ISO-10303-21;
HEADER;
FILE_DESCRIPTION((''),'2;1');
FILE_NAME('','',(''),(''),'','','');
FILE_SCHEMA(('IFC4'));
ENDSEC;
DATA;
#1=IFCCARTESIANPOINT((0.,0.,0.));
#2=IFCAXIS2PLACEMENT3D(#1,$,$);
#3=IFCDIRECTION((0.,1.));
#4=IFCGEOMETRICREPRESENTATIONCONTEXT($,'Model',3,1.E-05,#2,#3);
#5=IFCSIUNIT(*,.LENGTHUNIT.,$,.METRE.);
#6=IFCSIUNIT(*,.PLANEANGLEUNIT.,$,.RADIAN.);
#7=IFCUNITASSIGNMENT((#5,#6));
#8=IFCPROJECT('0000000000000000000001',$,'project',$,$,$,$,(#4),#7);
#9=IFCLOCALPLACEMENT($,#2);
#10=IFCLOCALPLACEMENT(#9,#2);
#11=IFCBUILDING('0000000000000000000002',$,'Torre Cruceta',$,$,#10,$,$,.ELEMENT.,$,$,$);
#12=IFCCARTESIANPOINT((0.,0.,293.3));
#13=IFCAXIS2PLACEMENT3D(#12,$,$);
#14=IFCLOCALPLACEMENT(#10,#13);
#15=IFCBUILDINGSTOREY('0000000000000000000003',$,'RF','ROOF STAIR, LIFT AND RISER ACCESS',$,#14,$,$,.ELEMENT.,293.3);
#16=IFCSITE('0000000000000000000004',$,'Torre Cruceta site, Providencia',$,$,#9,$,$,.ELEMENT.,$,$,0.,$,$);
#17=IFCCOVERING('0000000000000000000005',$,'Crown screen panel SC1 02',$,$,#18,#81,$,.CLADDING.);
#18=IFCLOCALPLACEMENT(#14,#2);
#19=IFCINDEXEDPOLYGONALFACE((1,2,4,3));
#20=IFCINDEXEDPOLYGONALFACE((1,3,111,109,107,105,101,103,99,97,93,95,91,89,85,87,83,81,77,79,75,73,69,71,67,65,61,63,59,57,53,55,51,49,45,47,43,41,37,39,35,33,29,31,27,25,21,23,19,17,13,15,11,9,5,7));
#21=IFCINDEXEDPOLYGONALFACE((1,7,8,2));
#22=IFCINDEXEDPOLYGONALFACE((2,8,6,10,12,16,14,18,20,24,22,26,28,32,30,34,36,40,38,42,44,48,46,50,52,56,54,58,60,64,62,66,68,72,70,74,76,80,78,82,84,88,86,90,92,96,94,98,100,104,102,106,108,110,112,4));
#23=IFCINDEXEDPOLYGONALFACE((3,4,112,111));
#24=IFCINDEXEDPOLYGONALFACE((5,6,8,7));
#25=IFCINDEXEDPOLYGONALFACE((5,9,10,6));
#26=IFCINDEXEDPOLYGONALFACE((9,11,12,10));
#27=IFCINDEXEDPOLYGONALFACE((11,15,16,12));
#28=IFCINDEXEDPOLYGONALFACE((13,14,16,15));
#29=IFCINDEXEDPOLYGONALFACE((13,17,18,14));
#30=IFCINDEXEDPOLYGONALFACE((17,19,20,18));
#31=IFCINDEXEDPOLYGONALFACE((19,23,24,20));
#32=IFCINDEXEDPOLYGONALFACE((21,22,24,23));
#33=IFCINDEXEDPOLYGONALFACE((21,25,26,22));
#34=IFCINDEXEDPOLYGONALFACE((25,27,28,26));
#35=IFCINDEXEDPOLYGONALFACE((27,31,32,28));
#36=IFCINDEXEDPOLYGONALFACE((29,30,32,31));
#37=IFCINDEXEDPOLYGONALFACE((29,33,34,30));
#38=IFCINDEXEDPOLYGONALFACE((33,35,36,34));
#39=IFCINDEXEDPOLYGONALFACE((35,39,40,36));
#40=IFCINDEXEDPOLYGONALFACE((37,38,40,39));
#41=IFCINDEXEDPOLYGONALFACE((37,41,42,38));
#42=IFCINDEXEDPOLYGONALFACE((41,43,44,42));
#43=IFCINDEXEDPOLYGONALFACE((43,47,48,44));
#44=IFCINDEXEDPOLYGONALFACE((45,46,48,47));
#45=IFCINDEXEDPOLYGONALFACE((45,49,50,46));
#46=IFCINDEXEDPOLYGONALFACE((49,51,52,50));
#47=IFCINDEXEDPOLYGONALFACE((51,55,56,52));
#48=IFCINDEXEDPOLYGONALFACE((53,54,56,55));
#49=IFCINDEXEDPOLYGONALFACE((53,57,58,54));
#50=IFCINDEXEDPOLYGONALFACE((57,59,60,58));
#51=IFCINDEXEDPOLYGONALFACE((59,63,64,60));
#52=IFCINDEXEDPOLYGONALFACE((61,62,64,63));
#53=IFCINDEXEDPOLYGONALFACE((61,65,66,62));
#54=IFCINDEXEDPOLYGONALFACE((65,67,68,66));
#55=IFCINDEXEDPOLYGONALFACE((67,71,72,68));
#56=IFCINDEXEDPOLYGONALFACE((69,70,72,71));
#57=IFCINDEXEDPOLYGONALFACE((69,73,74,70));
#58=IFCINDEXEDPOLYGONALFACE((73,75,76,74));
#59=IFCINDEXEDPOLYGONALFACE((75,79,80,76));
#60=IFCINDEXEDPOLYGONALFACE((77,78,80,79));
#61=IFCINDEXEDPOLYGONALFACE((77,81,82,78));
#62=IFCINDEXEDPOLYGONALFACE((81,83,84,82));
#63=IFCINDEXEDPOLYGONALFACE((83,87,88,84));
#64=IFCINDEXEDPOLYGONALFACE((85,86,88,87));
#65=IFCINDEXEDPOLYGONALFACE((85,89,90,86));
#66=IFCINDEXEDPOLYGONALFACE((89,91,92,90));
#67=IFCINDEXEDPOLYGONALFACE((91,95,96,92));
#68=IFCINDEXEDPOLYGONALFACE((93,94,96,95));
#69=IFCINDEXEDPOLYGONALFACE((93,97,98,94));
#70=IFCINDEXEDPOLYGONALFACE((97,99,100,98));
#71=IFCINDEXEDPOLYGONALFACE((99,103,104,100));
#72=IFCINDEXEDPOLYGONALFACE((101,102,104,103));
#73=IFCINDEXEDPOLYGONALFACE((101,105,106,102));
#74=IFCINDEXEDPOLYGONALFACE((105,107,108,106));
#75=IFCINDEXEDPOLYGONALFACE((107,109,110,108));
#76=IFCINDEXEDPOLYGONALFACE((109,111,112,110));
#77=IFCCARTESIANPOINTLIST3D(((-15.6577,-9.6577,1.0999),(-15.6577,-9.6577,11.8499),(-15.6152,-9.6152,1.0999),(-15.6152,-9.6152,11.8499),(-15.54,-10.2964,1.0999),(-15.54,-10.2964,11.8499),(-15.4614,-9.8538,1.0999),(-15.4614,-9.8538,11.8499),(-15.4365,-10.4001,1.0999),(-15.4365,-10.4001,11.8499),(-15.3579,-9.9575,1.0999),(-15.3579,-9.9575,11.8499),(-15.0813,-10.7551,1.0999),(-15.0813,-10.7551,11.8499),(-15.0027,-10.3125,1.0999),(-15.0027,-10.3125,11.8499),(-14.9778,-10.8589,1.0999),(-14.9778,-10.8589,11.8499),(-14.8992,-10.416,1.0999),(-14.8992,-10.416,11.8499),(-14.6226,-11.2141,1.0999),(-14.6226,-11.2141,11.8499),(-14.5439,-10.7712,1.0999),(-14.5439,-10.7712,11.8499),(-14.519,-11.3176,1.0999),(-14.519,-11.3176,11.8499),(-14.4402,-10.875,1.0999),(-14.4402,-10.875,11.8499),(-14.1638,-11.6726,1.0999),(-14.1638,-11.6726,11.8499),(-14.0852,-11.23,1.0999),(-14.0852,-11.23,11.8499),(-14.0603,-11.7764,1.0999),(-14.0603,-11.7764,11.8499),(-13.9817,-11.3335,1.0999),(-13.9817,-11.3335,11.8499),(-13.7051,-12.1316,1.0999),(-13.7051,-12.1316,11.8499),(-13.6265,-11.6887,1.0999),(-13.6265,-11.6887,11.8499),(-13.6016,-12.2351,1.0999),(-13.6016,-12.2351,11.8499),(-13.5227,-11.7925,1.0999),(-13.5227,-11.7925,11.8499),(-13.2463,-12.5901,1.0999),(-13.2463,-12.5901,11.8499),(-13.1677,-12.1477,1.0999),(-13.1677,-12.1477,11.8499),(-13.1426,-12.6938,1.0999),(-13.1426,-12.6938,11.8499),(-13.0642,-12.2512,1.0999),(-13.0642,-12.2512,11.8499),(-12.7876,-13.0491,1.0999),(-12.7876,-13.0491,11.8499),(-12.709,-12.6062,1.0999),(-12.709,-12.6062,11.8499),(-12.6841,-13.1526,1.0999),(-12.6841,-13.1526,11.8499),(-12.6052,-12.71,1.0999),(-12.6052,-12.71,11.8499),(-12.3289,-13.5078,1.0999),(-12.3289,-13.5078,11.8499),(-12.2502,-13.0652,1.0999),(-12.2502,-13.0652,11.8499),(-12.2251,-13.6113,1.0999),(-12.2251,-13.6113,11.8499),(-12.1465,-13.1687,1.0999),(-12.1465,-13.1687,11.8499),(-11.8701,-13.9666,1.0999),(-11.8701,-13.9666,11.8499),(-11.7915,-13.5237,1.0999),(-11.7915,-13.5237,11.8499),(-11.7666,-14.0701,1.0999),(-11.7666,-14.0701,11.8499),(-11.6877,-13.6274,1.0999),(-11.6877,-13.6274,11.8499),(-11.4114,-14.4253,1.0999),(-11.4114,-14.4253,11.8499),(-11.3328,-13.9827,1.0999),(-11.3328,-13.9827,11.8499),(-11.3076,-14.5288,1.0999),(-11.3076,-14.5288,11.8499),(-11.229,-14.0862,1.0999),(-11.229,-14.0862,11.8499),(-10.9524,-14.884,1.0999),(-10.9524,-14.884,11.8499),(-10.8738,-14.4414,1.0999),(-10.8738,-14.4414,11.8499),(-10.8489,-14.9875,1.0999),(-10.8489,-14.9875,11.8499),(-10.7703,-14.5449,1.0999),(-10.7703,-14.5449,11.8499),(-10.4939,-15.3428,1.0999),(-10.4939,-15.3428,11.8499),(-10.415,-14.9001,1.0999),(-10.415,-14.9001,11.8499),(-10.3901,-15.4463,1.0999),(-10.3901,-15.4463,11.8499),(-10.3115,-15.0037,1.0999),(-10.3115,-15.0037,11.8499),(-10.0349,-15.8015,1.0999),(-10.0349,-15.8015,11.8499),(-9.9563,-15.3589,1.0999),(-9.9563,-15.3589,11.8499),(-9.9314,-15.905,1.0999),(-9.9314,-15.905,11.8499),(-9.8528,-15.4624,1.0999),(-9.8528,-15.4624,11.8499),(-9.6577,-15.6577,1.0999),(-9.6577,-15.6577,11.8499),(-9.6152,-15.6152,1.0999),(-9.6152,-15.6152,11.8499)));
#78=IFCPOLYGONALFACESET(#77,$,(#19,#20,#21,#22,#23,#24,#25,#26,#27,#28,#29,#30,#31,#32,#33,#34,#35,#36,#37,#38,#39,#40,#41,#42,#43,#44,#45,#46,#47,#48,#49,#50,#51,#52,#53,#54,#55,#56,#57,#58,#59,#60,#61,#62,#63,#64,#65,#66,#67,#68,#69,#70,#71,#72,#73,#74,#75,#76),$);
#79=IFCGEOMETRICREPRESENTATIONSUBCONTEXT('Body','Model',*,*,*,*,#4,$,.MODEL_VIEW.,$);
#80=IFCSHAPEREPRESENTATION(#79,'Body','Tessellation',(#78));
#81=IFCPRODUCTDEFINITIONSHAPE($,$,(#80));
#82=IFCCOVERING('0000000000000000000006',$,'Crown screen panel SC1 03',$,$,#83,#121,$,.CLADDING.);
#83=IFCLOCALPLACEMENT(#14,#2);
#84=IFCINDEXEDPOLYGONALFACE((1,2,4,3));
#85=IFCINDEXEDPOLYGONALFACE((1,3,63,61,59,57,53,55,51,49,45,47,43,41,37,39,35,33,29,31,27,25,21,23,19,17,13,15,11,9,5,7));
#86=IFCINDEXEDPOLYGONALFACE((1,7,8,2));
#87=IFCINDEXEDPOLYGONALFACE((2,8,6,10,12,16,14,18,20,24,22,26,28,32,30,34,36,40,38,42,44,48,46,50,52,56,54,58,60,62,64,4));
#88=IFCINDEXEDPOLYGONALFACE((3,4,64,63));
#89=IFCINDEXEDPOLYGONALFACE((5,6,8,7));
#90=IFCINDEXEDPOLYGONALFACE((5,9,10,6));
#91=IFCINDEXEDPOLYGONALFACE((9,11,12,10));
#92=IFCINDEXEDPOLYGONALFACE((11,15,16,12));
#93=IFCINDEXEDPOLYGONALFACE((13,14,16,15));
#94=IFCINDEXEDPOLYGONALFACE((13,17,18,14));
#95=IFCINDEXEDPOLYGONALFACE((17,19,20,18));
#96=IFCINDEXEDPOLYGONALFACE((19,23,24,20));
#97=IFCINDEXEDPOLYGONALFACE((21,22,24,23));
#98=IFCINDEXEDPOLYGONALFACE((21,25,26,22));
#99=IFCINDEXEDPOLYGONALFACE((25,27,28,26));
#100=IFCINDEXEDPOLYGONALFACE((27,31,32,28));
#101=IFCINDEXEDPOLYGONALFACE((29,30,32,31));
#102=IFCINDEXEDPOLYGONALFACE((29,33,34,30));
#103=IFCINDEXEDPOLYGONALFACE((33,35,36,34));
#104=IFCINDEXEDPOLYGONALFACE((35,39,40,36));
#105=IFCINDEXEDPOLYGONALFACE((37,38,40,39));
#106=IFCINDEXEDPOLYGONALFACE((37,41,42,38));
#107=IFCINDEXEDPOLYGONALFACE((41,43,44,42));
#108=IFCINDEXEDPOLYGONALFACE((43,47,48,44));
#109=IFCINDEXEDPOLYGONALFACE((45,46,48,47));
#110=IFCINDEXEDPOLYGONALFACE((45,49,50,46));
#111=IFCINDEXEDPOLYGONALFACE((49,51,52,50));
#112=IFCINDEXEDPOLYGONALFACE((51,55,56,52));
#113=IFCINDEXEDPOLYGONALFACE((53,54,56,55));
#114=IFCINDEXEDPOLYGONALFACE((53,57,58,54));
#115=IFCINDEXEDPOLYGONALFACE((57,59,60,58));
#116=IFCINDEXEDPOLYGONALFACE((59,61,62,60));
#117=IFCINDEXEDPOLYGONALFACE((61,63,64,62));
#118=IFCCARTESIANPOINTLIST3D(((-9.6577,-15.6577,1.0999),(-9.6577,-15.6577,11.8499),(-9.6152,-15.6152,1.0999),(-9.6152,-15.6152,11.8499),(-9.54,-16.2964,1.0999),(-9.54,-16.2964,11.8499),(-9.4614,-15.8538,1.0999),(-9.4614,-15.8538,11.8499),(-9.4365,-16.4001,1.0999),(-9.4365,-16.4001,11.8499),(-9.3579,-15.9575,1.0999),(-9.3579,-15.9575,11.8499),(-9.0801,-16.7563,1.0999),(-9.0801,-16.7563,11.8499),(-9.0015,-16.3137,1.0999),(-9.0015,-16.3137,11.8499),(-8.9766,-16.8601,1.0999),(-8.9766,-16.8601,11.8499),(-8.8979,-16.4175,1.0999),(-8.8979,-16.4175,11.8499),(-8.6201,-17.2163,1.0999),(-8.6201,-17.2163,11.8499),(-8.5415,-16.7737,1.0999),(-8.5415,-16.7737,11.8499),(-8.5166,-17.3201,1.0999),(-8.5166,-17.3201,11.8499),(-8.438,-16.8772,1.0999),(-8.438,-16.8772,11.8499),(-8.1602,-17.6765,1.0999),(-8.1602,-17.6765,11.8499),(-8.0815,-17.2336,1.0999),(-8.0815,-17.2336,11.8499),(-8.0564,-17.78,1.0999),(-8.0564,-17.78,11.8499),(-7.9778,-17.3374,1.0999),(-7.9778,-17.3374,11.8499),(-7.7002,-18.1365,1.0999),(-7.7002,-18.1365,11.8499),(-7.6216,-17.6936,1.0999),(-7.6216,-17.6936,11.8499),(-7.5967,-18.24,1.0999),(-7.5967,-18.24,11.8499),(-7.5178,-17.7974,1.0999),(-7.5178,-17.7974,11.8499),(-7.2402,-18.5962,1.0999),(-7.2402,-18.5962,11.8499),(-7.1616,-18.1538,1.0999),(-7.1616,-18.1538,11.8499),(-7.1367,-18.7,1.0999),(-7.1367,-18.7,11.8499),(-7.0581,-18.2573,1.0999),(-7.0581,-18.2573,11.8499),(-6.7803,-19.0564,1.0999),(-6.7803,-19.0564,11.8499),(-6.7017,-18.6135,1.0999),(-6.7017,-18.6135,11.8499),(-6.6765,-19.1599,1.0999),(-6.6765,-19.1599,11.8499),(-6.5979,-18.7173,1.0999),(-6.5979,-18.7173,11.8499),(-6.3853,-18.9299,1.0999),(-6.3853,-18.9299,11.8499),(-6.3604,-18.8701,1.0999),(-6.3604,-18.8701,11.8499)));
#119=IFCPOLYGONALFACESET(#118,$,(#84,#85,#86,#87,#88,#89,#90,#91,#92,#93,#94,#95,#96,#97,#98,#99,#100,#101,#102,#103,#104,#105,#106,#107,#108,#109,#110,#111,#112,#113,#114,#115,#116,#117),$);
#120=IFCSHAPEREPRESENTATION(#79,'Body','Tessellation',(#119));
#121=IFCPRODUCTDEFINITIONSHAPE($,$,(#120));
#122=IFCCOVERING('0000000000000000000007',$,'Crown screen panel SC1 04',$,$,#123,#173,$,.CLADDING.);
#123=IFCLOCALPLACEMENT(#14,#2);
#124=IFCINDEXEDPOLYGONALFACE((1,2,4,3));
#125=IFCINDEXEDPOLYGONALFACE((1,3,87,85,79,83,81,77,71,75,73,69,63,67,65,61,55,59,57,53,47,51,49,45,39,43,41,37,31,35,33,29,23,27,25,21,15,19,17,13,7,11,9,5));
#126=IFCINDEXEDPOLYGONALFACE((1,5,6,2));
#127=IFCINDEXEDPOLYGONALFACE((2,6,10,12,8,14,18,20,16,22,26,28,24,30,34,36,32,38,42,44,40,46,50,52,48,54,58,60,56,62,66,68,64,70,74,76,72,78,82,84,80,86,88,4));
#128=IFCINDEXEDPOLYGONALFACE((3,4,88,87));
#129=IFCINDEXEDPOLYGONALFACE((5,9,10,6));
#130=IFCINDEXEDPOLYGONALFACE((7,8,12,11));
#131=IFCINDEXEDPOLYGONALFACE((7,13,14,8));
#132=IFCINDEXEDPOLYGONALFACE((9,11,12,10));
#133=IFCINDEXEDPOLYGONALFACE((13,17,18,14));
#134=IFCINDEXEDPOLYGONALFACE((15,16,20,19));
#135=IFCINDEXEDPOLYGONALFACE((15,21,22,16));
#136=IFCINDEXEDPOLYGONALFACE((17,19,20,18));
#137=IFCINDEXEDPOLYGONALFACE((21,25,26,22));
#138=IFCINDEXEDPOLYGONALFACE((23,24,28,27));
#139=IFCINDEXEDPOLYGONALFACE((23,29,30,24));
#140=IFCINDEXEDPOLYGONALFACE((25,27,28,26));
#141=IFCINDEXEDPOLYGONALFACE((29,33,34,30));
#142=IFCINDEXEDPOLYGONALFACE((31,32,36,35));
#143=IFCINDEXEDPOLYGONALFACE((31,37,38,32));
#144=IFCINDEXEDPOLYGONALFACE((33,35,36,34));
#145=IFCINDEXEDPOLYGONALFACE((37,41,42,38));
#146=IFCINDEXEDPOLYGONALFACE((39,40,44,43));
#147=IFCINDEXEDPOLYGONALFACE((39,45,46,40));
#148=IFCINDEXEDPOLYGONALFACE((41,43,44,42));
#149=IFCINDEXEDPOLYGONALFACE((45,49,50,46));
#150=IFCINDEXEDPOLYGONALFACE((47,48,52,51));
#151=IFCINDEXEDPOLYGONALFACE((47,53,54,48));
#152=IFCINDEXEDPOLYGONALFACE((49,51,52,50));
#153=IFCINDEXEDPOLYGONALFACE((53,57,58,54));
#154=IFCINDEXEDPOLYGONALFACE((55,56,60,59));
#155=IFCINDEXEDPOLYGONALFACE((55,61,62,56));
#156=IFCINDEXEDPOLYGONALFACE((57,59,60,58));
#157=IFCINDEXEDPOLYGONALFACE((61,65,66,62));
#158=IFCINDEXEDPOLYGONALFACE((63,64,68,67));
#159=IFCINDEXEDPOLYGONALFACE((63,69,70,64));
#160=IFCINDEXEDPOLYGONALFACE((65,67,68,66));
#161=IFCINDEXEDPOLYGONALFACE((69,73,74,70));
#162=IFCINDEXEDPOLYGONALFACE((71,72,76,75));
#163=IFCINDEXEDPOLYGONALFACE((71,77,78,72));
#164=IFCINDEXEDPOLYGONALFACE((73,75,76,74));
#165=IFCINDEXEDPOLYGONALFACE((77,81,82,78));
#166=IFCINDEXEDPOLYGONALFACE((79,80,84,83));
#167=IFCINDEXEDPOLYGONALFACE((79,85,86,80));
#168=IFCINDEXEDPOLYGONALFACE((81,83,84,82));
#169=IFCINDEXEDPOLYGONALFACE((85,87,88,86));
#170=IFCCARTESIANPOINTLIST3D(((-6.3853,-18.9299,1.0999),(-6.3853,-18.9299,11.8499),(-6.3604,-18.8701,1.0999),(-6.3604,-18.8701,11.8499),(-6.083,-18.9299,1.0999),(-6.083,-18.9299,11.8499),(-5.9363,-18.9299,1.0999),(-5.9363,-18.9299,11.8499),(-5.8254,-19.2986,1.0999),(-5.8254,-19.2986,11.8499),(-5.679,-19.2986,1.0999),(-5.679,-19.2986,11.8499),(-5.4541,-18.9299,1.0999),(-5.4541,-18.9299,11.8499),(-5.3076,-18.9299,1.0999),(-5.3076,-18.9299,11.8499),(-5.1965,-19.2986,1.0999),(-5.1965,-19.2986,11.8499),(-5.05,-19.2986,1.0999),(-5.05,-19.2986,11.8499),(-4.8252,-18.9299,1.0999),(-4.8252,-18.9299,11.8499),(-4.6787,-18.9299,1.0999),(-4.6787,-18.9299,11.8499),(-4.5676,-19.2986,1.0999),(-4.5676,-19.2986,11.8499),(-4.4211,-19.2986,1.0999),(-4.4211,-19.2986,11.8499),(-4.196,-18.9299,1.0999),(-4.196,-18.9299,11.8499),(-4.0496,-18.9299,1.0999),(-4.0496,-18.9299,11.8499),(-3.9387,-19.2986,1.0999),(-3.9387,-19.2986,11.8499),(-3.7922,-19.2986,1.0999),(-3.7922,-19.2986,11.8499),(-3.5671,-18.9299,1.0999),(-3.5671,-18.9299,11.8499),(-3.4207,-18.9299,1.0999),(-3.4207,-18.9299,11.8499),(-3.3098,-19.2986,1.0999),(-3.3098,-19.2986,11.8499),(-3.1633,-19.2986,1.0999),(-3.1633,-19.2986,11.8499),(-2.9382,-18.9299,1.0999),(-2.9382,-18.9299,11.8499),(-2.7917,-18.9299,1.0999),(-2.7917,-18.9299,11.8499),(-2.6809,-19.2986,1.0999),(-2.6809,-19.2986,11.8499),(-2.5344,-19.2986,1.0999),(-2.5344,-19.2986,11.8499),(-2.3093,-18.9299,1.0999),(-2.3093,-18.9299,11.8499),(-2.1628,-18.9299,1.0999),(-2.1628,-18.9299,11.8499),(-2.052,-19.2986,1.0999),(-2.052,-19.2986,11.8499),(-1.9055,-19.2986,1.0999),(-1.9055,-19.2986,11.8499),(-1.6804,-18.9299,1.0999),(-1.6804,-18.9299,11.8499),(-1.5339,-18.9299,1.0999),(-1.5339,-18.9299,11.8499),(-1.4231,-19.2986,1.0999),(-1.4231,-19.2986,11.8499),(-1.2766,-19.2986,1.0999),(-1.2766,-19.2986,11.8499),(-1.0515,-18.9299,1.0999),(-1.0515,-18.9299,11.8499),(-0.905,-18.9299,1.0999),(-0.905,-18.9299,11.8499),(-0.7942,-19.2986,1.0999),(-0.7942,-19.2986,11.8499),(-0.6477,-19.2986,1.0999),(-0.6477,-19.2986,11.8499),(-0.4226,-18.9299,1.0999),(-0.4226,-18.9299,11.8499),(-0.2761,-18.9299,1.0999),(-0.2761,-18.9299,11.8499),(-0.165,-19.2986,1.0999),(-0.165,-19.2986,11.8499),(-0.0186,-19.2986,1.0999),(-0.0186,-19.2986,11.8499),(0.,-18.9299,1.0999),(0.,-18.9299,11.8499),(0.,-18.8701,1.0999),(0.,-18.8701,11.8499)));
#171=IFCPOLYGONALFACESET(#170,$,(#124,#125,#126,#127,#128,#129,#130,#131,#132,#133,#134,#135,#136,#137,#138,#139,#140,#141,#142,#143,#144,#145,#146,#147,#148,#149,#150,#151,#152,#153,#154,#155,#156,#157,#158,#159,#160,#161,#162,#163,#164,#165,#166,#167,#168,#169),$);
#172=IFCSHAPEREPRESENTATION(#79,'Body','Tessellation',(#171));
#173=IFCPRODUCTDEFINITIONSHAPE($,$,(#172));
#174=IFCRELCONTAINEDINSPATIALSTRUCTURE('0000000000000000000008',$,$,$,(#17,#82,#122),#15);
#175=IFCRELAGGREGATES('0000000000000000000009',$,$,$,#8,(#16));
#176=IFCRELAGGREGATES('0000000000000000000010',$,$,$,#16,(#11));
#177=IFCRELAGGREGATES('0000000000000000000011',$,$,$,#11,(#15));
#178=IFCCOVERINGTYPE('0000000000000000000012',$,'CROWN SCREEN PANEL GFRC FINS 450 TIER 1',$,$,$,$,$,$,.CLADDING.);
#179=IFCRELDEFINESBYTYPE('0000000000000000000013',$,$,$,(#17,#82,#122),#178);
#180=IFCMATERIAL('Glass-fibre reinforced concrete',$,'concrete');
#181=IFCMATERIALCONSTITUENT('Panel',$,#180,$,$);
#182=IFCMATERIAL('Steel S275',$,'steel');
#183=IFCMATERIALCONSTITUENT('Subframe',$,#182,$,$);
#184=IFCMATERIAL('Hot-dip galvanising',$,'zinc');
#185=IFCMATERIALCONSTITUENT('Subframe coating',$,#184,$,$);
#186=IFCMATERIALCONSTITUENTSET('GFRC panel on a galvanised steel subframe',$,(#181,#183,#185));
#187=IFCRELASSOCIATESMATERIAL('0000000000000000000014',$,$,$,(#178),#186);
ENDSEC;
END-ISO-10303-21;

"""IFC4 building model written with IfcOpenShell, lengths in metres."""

from ifc_helpers import new_model, si_unit, direction, frame, origin, place, context, subcontext, project, spatial, polyline, outline, extrude, material, constituent, constituent_set, type_object, element, save


model = new_model("IFC4")

# Units and contexts
model_context = context("Model", 3, precision=1e-05, world=origin(), true_north=direction((0.0, 1.0)))
body_context = subcontext(model_context, "Body", "Model", "MODEL_VIEW")
ifc_project = project(units=[si_unit("LENGTHUNIT", "METRE"), si_unit("PLANEANGLEUNIT", "RADIAN")], contexts=[model_context])

# Site, building, storey
site_placement = place(None, origin())
site = spatial("IfcSite", under=ifc_project, at=site_placement, Name="Torre Cruceta site, Providencia", CompositionType="ELEMENT", RefElevation=0.0)
building_placement = place(site_placement, origin())
building = spatial("IfcBuilding", under=site, at=building_placement, Name="Torre Cruceta", CompositionType="ELEMENT")
storey_placement = place(building_placement, frame((0.0, 0.0, 293.3)))
storey = spatial("IfcBuildingStorey", under=building, at=storey_placement, Name="RF", Description="ROOF STAIR, LIFT AND RISER ACCESS", CompositionType="ELEMENT", Elevation=293.3)

# Coverings
ifc_material_1 = material(Name="Glass-fibre reinforced concrete", Category="concrete")
ifc_constituent_1 = constituent(ifc_material_1, Name="Panel")
ifc_material_2 = material(Name="Steel S275", Category="steel")
ifc_constituent_2 = constituent(ifc_material_2, Name="Subframe")
ifc_material_3 = material(Name="Hot-dip galvanising", Category="zinc")
ifc_constituent_3 = constituent(ifc_material_3, Name="Subframe coating")
ifc_constituent_set_1 = constituent_set(constituents=[ifc_constituent_1, ifc_constituent_2, ifc_constituent_3], Name="GFRC panel on a galvanised steel subframe")
covering_type_1 = type_object("IfcCoveringType", Name="CROWN SCREEN PANEL GFRC FINS 450 TIER 1", PredefinedType="CLADDING", material=ifc_constituent_set_1)
covering_1_placement = place(storey_placement, frame((0.0, 0.0, 1.0999)))
element("IfcCovering", 1, at=covering_1_placement, inside=storey, type_object=covering_type_1, Name="Crown screen panel SC1 02", PredefinedType="CLADDING", context=body_context, shape_type="SweptSolid", body=[
    extrude(outline(polyline([(-12.6841, -13.1526), (-12.6052, -12.71), (-12.2502, -13.0652), (-12.3289, -13.5078), (-12.2251, -13.6113), (-12.1465, -13.1687), (-11.7915, -13.5237), (-11.8701, -13.9666), (-11.7666, -14.0701), (-11.6877, -13.6274), (-11.3328, -13.9827), (-11.4114, -14.4253), (-11.3076, -14.5288), (-11.229, -14.0862), (-10.8738, -14.4414), (-10.9524, -14.884), (-10.8489, -14.9875), (-10.7703, -14.5449), (-10.415, -14.9001), (-10.4939, -15.3428), (-10.3901, -15.4463), (-10.3115, -15.0037), (-9.9563, -15.3589), (-10.0349, -15.8015), (-9.9314, -15.905), (-9.8528, -15.4624), (-9.6577, -15.6577), (-9.6152, -15.6152), (-15.6152, -9.6152), (-15.6577, -9.6577), (-15.4614, -9.8538), (-15.54, -10.2964), (-15.4365, -10.4001), (-15.3579, -9.9575), (-15.0027, -10.3125), (-15.0813, -10.7551), (-14.9778, -10.8589), (-14.8992, -10.416), (-14.5439, -10.7712), (-14.6226, -11.2141), (-14.519, -11.3176), (-14.4402, -10.875), (-14.0852, -11.23), (-14.1638, -11.6726), (-14.0603, -11.7764), (-13.9817, -11.3335), (-13.6265, -11.6887), (-13.7051, -12.1316), (-13.6016, -12.2351), (-13.5227, -11.7925), (-13.1677, -12.1477), (-13.2463, -12.5901), (-13.1426, -12.6938), (-13.0642, -12.2512), (-12.709, -12.6062), (-12.7876, -13.0491), (-12.6841, -13.1526)])), origin(), (0.0, 0.0, 1.0), 10.75),
])
covering_2_placement = place(storey_placement, frame((0.0, 0.0, 1.0999)))
element("IfcCovering", 2, at=covering_2_placement, inside=storey, type_object=covering_type_1, Name="Crown screen panel SC1 03", PredefinedType="CLADDING", context=body_context, shape_type="SweptSolid", body=[
    extrude(outline(polyline([(-6.6765, -19.1599), (-6.5979, -18.7173), (-6.3853, -18.9299), (-6.3604, -18.8701), (-9.6152, -15.6152), (-9.6577, -15.6577), (-9.4614, -15.8538), (-9.54, -16.2964), (-9.4365, -16.4001), (-9.3579, -15.9575), (-9.0015, -16.3137), (-9.0801, -16.7563), (-8.9766, -16.8601), (-8.8979, -16.4175), (-8.5415, -16.7737), (-8.6201, -17.2163), (-8.5166, -17.3201), (-8.438, -16.8772), (-8.0815, -17.2336), (-8.1602, -17.6765), (-8.0564, -17.78), (-7.9778, -17.3374), (-7.6216, -17.6936), (-7.7002, -18.1365), (-7.5967, -18.24), (-7.5178, -17.7974), (-7.1616, -18.1538), (-7.2402, -18.5962), (-7.1367, -18.7), (-7.0581, -18.2573), (-6.7017, -18.6135), (-6.7803, -19.0564), (-6.6765, -19.1599)])), origin(), (0.0, 0.0, 1.0), 10.75),
])
covering_3_placement = place(storey_placement, frame((0.0, 0.0, 1.0999)))
element("IfcCovering", 3, at=covering_3_placement, inside=storey, type_object=covering_type_1, Name="Crown screen panel SC1 04", PredefinedType="CLADDING", context=body_context, shape_type="SweptSolid", body=[
    extrude(outline(polyline([(-5.679, -19.2986), (-5.9363, -18.9299), (-5.4541, -18.9299), (-5.1965, -19.2986), (-5.05, -19.2986), (-5.3076, -18.9299), (-4.8252, -18.9299), (-4.5676, -19.2986), (-4.4211, -19.2986), (-4.6787, -18.9299), (-4.196, -18.9299), (-3.9387, -19.2986), (-3.7922, -19.2986), (-4.0496, -18.9299), (-3.5671, -18.9299), (-3.3098, -19.2986), (-3.1633, -19.2986), (-3.4207, -18.9299), (-2.9382, -18.9299), (-2.6809, -19.2986), (-2.5344, -19.2986), (-2.7917, -18.9299), (-2.3093, -18.9299), (-2.052, -19.2986), (-1.9055, -19.2986), (-2.1628, -18.9299), (-1.6804, -18.9299), (-1.4231, -19.2986), (-1.2766, -19.2986), (-1.5339, -18.9299), (-1.0515, -18.9299), (-0.7942, -19.2986), (-0.6477, -19.2986), (-0.905, -18.9299), (-0.4226, -18.9299), (-0.165, -19.2986), (-0.0186, -19.2986), (-0.2761, -18.9299), (0.0, -18.9299), (0.0, -18.8701), (-6.3604, -18.8701), (-6.3853, -18.9299), (-6.083, -18.9299), (-5.8254, -19.2986), (-5.679, -19.2986)])), origin(), (0.0, 0.0, 1.0), 10.75),
])

save(model, "model.ifc")
